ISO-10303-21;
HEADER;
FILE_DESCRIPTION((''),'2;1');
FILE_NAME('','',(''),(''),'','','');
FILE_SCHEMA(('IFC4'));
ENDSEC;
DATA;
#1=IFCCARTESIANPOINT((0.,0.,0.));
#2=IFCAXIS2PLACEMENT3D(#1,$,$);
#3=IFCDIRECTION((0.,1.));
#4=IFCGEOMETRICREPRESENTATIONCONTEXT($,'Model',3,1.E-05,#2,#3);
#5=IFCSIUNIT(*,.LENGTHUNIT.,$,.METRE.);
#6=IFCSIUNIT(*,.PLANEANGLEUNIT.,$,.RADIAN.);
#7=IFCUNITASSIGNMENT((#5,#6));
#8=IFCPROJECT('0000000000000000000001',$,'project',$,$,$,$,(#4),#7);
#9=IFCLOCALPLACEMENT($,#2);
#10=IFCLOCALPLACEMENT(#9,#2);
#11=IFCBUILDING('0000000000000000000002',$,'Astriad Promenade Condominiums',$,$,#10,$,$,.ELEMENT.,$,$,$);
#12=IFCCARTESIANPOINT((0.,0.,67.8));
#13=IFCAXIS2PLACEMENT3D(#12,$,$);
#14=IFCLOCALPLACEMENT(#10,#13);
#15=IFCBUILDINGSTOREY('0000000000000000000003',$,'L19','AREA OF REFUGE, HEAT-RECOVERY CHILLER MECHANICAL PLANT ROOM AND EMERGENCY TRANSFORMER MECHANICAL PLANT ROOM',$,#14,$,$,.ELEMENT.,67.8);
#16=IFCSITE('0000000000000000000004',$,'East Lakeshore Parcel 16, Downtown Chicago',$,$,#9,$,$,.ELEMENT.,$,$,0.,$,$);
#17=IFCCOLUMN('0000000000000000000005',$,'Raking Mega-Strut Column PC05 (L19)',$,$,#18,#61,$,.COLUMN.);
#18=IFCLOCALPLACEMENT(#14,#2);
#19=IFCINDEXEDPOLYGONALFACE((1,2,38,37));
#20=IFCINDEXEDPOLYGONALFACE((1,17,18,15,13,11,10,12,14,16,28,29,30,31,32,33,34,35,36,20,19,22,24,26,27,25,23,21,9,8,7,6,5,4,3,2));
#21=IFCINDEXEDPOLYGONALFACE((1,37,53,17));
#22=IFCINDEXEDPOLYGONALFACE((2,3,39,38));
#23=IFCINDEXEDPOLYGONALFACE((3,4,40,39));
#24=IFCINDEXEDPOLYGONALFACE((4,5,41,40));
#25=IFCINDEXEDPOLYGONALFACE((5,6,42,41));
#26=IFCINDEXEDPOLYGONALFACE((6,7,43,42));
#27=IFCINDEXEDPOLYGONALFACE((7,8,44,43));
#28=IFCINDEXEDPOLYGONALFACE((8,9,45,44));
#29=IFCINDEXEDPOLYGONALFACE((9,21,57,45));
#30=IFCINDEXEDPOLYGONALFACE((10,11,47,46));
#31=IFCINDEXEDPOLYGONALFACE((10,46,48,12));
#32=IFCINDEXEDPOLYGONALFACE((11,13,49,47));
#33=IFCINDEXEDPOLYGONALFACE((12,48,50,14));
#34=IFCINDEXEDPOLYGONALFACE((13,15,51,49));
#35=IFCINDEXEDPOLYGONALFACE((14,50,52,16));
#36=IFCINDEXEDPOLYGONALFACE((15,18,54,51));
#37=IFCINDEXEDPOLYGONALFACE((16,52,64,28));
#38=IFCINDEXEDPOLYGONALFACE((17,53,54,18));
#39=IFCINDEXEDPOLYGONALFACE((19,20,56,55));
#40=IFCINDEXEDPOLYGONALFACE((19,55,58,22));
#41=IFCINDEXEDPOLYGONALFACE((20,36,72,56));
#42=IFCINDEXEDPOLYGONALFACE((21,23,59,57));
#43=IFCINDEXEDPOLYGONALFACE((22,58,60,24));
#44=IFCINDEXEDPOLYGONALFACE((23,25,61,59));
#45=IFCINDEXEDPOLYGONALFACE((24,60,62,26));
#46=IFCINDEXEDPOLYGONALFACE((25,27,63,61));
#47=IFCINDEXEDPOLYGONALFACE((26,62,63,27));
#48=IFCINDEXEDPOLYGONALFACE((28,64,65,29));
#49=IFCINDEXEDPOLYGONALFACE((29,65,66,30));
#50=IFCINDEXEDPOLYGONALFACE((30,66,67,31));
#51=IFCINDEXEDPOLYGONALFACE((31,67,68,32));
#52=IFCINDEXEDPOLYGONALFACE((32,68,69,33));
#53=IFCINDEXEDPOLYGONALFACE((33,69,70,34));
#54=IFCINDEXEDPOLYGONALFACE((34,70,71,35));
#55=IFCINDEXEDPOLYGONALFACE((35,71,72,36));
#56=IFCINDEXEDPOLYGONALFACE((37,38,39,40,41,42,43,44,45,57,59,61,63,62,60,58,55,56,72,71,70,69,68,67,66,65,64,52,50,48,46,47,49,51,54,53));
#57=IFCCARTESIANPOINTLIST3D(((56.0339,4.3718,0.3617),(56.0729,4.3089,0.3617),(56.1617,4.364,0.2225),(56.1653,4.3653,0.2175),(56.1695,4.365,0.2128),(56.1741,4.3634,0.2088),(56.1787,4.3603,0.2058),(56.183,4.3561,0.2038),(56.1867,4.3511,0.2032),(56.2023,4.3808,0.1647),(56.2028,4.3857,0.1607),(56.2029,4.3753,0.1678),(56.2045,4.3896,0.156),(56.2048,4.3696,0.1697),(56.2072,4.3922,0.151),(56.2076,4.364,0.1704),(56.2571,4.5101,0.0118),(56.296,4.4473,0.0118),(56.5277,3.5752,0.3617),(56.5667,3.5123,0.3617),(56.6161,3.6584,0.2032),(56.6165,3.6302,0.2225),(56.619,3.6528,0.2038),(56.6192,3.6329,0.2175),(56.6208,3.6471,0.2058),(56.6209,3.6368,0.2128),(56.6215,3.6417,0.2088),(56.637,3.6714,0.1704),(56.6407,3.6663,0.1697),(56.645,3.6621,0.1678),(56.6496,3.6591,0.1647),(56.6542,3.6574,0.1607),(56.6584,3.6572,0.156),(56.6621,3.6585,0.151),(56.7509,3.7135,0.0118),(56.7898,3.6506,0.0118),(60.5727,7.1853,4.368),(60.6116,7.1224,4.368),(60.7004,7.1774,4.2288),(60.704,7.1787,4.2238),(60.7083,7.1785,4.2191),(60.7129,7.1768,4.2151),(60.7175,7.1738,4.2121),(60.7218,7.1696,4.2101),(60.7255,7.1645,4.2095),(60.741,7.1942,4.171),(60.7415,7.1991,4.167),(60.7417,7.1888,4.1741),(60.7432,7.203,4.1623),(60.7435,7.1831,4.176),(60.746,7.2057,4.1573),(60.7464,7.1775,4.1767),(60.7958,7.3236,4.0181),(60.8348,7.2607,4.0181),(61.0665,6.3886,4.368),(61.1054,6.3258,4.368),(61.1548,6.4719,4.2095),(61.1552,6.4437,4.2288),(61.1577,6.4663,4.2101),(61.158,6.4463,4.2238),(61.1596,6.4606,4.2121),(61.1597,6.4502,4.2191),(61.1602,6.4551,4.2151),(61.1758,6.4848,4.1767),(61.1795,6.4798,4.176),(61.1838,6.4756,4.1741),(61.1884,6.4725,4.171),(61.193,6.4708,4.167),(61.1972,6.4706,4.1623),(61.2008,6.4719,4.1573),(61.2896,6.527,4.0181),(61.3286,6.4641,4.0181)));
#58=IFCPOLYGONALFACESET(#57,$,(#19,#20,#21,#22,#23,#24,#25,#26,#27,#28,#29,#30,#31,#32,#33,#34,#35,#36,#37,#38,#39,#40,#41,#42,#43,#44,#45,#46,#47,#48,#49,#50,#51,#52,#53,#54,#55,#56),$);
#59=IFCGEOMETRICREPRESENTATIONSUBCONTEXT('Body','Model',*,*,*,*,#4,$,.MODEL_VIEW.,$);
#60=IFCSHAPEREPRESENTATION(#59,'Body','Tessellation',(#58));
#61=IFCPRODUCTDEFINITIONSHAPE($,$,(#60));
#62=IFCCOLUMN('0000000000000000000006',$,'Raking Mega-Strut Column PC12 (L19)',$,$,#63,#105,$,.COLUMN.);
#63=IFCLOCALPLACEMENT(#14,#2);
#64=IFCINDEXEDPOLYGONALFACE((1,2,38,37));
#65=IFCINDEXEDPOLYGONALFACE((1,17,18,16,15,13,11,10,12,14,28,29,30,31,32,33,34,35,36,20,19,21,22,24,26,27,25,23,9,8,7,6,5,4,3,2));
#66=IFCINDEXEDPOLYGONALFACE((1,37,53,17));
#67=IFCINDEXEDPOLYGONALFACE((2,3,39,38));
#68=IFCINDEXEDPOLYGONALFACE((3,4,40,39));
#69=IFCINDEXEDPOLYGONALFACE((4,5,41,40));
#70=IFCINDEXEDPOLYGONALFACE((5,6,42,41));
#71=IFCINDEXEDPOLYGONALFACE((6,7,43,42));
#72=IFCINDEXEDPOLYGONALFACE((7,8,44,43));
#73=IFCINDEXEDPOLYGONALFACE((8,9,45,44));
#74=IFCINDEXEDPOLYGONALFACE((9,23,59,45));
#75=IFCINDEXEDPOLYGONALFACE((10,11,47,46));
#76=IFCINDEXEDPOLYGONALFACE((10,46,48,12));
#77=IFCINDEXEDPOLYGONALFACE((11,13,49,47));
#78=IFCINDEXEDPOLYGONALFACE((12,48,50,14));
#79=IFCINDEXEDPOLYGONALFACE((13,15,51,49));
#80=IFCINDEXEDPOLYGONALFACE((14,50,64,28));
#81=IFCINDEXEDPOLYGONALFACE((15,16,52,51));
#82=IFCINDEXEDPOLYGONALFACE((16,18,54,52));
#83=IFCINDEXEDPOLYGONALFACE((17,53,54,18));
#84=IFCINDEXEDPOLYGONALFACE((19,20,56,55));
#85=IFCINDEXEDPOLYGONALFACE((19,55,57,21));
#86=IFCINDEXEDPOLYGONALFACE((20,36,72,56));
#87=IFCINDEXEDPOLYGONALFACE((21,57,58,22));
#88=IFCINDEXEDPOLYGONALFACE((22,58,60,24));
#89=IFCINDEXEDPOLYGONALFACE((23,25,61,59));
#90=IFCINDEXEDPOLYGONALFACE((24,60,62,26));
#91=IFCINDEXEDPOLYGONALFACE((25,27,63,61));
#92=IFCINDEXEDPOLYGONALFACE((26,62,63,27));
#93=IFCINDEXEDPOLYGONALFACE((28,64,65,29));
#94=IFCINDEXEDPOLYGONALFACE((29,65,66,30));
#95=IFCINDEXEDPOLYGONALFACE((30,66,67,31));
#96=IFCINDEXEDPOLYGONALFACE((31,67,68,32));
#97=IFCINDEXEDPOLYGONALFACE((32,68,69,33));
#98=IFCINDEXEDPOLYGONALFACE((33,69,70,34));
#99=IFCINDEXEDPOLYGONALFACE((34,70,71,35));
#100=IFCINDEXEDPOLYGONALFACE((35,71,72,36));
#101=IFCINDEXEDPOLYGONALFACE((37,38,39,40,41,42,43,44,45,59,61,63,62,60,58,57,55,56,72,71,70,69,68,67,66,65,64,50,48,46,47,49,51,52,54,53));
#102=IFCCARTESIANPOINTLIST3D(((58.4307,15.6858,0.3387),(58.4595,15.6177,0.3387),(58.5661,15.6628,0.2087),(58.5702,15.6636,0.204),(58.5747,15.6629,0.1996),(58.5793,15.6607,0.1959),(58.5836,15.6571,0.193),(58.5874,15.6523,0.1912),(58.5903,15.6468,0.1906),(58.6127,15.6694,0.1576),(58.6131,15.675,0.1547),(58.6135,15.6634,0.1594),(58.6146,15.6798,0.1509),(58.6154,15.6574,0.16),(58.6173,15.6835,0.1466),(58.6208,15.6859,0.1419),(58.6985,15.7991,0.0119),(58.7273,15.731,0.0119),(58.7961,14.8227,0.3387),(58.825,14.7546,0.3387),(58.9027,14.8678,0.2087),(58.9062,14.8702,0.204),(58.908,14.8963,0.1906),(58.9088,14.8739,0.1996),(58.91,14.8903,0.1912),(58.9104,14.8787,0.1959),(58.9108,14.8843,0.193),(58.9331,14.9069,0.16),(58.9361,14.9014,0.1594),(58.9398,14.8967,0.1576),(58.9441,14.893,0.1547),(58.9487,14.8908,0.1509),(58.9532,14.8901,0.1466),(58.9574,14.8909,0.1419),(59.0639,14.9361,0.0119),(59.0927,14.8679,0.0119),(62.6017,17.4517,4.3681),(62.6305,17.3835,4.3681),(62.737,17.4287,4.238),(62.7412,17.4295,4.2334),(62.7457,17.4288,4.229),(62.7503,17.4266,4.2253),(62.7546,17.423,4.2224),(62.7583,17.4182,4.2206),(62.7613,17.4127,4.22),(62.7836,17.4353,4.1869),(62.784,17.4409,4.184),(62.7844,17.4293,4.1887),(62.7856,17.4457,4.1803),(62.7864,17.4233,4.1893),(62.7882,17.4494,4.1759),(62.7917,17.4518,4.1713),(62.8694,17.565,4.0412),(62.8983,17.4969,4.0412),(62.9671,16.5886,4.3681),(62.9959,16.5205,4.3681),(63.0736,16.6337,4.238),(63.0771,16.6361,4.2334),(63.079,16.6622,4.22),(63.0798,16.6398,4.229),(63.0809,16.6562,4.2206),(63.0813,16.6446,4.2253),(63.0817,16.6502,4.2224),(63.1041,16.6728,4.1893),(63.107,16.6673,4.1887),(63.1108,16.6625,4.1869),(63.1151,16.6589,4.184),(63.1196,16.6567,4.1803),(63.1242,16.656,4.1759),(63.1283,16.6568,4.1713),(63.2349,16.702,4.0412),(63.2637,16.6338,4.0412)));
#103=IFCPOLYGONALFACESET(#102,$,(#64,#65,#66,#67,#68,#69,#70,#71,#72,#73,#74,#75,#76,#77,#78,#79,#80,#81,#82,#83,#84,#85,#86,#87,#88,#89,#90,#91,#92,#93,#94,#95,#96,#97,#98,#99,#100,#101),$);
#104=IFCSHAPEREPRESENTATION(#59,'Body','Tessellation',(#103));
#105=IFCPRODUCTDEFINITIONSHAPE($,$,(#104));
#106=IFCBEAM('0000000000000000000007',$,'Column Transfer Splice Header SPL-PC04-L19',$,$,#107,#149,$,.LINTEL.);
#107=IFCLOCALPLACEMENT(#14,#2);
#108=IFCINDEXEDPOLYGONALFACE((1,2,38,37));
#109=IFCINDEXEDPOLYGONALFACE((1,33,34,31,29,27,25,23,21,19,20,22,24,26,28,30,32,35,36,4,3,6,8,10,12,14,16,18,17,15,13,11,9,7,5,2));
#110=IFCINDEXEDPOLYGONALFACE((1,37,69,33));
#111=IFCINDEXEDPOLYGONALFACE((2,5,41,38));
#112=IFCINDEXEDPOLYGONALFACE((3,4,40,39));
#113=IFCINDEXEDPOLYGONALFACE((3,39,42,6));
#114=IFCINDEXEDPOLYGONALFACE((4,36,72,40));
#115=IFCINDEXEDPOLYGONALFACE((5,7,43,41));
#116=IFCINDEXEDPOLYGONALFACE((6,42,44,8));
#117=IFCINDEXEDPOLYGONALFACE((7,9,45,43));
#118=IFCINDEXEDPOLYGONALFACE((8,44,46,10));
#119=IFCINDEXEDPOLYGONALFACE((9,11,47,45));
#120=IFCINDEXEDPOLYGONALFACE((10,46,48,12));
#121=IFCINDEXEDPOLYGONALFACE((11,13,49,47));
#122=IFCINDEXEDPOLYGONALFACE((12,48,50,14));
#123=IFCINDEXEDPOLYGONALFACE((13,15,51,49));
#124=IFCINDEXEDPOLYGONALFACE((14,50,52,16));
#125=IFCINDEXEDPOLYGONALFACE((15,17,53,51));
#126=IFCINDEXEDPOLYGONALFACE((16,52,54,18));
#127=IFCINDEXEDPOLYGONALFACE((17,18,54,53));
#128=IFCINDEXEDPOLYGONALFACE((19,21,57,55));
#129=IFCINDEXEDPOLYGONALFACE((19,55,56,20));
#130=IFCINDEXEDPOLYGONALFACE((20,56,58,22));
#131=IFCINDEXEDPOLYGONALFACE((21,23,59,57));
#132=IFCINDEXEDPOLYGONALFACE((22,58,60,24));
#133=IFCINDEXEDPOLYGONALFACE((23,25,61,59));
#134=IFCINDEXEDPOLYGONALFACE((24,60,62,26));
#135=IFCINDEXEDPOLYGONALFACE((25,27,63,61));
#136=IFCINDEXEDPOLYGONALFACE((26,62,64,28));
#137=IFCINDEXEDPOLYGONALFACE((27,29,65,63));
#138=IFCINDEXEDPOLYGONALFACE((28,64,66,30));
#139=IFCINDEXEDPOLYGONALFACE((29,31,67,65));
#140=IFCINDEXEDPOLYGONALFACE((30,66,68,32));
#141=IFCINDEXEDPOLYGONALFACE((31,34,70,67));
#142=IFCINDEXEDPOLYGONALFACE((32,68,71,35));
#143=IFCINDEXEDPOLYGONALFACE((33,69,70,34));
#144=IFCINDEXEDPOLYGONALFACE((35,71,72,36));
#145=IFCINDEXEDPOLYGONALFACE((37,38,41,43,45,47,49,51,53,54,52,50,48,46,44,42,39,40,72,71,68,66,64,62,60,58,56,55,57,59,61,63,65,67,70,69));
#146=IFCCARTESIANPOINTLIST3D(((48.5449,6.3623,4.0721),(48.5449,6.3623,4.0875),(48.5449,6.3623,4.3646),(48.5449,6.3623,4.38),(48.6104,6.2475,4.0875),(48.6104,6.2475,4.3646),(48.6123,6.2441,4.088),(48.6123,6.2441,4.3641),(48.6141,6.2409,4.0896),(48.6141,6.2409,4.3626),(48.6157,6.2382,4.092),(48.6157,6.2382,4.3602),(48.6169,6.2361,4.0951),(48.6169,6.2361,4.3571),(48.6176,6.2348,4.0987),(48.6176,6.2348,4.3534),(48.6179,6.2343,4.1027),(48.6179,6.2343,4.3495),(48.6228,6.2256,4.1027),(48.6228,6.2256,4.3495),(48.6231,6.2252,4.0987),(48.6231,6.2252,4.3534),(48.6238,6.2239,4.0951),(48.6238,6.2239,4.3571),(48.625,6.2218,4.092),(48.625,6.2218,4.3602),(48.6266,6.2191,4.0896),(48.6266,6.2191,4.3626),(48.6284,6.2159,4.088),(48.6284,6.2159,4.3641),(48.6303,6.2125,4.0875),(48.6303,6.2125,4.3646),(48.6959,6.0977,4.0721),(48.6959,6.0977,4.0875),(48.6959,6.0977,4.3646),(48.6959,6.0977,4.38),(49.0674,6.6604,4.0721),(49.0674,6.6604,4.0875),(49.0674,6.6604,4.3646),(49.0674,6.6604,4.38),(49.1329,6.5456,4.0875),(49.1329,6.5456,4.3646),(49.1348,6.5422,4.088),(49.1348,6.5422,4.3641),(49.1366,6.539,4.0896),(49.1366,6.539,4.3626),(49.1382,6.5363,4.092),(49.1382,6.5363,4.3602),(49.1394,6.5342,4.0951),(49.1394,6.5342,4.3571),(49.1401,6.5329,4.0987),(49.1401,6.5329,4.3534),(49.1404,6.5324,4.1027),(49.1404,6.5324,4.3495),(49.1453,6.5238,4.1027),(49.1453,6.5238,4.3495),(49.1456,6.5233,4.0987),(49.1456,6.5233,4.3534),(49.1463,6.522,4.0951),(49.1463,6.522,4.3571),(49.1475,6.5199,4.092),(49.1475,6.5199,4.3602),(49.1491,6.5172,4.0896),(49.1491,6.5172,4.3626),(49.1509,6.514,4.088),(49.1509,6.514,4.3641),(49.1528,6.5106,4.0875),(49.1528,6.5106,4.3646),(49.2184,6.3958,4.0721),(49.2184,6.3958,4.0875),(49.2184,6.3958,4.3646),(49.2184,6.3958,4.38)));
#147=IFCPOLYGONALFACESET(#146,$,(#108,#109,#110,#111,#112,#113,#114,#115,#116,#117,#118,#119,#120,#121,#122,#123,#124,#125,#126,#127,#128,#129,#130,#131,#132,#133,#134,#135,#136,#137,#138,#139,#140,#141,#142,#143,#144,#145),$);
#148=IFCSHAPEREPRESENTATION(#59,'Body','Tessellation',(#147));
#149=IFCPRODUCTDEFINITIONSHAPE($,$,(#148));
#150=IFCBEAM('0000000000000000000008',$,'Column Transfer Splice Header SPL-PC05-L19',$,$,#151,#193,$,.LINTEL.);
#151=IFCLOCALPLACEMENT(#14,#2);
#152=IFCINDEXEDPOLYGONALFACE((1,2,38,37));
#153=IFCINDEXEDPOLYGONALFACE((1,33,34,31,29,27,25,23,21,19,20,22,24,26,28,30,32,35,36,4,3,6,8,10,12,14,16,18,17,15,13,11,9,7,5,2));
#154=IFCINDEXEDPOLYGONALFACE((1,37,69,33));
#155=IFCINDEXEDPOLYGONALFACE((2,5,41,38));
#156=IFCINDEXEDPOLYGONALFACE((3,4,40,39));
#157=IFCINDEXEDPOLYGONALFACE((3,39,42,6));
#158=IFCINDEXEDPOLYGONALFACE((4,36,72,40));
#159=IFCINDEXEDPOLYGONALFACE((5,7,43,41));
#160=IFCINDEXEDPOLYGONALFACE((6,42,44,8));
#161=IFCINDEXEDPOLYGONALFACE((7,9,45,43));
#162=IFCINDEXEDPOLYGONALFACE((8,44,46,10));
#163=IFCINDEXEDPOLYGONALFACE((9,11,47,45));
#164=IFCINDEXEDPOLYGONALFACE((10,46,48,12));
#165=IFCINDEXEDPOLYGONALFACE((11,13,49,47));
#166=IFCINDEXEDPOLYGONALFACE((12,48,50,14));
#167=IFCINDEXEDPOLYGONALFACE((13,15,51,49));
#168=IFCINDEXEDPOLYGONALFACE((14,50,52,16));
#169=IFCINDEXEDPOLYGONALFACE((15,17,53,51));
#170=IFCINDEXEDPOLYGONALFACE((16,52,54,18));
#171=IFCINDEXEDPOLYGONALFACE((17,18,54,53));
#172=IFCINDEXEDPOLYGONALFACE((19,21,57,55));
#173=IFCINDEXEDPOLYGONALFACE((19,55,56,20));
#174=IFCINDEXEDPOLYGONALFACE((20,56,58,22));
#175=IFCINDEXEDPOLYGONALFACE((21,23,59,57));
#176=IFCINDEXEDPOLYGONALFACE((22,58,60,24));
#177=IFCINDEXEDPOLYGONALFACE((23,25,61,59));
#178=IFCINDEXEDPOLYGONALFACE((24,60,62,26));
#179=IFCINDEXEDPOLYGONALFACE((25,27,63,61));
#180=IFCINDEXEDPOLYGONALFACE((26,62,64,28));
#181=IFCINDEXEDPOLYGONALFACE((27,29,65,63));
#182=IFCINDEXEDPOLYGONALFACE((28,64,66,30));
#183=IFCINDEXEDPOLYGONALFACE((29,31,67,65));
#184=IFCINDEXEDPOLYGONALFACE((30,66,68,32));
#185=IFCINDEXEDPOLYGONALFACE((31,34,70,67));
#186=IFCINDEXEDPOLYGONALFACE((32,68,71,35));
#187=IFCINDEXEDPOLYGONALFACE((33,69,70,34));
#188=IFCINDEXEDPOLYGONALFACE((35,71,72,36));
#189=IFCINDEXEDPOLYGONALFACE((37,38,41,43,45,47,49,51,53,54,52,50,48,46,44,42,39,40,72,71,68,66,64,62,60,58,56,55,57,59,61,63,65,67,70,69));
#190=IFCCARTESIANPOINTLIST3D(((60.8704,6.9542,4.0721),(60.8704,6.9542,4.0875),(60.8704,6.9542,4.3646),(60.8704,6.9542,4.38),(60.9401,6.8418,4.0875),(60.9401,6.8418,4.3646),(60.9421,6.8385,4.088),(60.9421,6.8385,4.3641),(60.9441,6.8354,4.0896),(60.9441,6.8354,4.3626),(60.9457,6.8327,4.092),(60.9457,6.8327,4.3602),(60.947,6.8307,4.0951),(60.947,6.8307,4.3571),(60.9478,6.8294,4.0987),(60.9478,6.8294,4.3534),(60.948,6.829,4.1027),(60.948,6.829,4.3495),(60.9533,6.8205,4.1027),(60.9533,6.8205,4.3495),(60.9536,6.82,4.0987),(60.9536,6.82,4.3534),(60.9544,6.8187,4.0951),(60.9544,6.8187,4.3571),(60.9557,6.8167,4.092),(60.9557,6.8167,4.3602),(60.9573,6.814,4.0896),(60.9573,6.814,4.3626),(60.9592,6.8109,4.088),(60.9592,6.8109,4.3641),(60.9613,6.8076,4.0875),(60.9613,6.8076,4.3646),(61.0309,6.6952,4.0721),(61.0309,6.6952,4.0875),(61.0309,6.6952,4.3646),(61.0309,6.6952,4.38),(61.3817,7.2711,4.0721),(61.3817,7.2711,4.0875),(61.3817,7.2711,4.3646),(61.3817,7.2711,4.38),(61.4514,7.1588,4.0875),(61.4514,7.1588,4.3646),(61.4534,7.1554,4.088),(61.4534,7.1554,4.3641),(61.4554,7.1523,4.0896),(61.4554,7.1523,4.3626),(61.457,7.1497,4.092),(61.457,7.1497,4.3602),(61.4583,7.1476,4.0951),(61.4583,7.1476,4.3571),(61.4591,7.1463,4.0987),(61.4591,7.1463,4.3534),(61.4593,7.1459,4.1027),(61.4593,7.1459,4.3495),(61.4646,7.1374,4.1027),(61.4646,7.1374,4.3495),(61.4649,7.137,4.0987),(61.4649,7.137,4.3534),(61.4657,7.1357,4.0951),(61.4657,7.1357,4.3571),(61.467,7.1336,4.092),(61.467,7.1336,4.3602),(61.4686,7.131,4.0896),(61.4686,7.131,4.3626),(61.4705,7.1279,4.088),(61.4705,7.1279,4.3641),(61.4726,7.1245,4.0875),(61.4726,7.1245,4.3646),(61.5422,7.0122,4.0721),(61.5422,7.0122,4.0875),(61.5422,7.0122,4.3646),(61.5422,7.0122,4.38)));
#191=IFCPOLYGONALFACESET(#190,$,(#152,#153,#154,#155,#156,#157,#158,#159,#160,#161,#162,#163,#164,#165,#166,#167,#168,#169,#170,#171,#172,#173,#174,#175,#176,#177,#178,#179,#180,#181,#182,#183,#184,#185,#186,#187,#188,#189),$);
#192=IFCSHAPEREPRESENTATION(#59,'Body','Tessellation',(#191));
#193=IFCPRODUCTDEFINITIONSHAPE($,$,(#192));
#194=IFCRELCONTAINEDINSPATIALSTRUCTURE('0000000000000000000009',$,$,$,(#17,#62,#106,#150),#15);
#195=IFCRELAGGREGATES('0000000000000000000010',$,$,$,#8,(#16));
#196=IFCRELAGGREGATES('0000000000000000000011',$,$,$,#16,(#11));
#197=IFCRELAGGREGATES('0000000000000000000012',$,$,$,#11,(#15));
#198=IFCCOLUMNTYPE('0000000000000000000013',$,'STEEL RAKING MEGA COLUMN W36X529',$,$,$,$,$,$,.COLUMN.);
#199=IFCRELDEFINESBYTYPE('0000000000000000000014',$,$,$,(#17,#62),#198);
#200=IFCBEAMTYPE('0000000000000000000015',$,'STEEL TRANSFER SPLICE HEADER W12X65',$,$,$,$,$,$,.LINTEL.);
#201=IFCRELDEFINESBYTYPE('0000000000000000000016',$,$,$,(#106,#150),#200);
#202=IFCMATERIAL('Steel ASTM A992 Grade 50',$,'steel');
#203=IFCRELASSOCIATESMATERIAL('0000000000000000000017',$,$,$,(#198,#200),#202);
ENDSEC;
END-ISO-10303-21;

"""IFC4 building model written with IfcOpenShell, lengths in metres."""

from ifc_helpers import new_model, si_unit, direction, frame, origin, origin_2d, place, context, subcontext, project, spatial, i_section, extrude, source, transform, mapped, material, material_profile, profile_set, type_object, type_shapes, element, save


model = new_model("IFC4")

# Units and contexts
model_context = context("Model", 3, precision=1e-05, world=origin(), true_north=direction((0.0, 1.0)))
body_context = subcontext(model_context, "Body", "Model", "MODEL_VIEW")
ifc_project = project(units=[si_unit("LENGTHUNIT", "METRE"), si_unit("PLANEANGLEUNIT", "RADIAN")], contexts=[model_context])

# Site, building, storey
site_placement = place(None, origin())
site = spatial("IfcSite", under=ifc_project, at=site_placement, Name="East Lakeshore Parcel 16, Downtown Chicago", CompositionType="ELEMENT", RefElevation=0.0)
building_placement = place(site_placement, origin())
building = spatial("IfcBuilding", under=site, at=building_placement, Name="Astriad Promenade Condominiums", CompositionType="ELEMENT")
storey_placement = place(building_placement, frame((0.0, 0.0, 67.8)))
storey = spatial("IfcBuildingStorey", under=building, at=storey_placement, Name="L19", Description="AREA OF REFUGE, HEAT-RECOVERY CHILLER MECHANICAL PLANT ROOM AND EMERGENCY TRANSFORMER MECHANICAL PLANT ROOM", CompositionType="ELEMENT", Elevation=67.8)

# Columns
ifc_material_1 = material(Name="Steel ASTM A992 Grade 50", Category="steel")
ifc_material_profile_1 = material_profile(ifc_material_1, i_section(OverallWidth=0.4375, OverallDepth=1.0112, WebThickness=0.041, FlangeThickness=0.074, FilletRadius=0.0242, at=origin_2d()), Name="W36X529")
ifc_profile_set_1 = profile_set([ifc_material_profile_1], Name="Steel ASTM A992 Grade 50")
column_type = type_object("IfcColumnType", Name="STEEL RAKING MEGA COLUMN W36X529", PredefinedType="COLUMN", material=ifc_profile_set_1)
shared_shape_1 = source(origin(), body_context, "Body", "SweptSolid", [
    extrude(i_section(OverallWidth=0.4375, OverallDepth=1.0112, WebThickness=0.041, FlangeThickness=0.074, FilletRadius=0.0242, at=origin_2d()), origin(), (0.0, 0.0, 1.0), 6.6758),
])
column_1_placement = place(storey_placement, frame((56.4119, 4.0112, 0.1868), z_axis=(0.679883, 0.421439, 0.600123), x_axis=(-0.510076, -0.316181, 0.799908)))
element("IfcColumn", 1, at=column_1_placement, inside=storey, type_object=column_type, Name="Raking Mega-Strut Column PC05 (L19)", PredefinedType="COLUMN", context=body_context, shape_type="MappedRepresentation", body=[
    mapped(shared_shape_1, transform((0.0, 0.0, 0.0), scale=1.0)),
])
shared_shape_2 = source(origin(), body_context, "Body", "SweptSolid", [
    extrude(i_section(OverallWidth=0.4375, OverallDepth=1.0112, WebThickness=0.041, FlangeThickness=0.074, FilletRadius=0.0242, at=origin_2d()), origin(), (0.0, 0.0, 1.0), 6.0623),
])
type_shapes(column_type, [shared_shape_1, shared_shape_2])
column_2_placement = place(storey_placement, frame((58.7617, 15.2769, 0.1753), z_axis=(0.688021, 0.291293, 0.664662), x_axis=(-0.612066, -0.259136, 0.747144)))
element("IfcColumn", 2, at=column_2_placement, inside=storey, type_object=column_type, Name="Raking Mega-Strut Column PC12 (L19)", PredefinedType="COLUMN", context=body_context, shape_type="MappedRepresentation", body=[
    mapped(shared_shape_2, transform((0.0, 0.0, 0.0), scale=1.0)),
])

# Beams
ifc_material_profile_2 = material_profile(ifc_material_1, i_section(OverallWidth=0.3047, OverallDepth=0.3079, WebThickness=0.01, FlangeThickness=0.0154, FilletRadius=0.0151, at=origin_2d()), Name="W12X65")
ifc_profile_set_2 = profile_set([ifc_material_profile_2], Name="Steel ASTM A992 Grade 50")
beam_type_1 = type_object("IfcBeamType", Name="STEEL TRANSFER SPLICE HEADER W12X65", PredefinedType="LINTEL", material=ifc_profile_set_2)
shared_shape_3 = source(origin(), body_context, "Body", "SweptSolid", [
    extrude(i_section(OverallWidth=0.3047, OverallDepth=0.3079, WebThickness=0.01, FlangeThickness=0.0154, FilletRadius=0.0151, at=origin_2d()), origin(), (0.0, 0.0, 1.0), 0.6016),
])
type_shapes(beam_type_1, [shared_shape_3])
for number, where, z_axis, x_axis, name in (
    (3, (48.6204, 6.23, 4.2261), (0.868568, 0.495571, 0.0), (-0.495571, 0.868568, 0.0), "Column Transfer Splice Header SPL-PC04-L19"),
    (4, (60.9507, 6.8247, 4.2261), (0.849954, 0.526858, 0.0), (-0.526858, 0.849954, 0.0), "Column Transfer Splice Header SPL-PC05-L19"),
):
    element("IfcBeam", number, at=place(storey_placement, frame(where, z_axis=z_axis, x_axis=x_axis)), inside=storey, type_object=beam_type_1, Name=name, PredefinedType="LINTEL", context=body_context, shape_type="MappedRepresentation", body=[
        mapped(shared_shape_3, transform((0.0, 0.0, 0.0), scale=1.0)),
    ])

save(model, "model.ifc")
